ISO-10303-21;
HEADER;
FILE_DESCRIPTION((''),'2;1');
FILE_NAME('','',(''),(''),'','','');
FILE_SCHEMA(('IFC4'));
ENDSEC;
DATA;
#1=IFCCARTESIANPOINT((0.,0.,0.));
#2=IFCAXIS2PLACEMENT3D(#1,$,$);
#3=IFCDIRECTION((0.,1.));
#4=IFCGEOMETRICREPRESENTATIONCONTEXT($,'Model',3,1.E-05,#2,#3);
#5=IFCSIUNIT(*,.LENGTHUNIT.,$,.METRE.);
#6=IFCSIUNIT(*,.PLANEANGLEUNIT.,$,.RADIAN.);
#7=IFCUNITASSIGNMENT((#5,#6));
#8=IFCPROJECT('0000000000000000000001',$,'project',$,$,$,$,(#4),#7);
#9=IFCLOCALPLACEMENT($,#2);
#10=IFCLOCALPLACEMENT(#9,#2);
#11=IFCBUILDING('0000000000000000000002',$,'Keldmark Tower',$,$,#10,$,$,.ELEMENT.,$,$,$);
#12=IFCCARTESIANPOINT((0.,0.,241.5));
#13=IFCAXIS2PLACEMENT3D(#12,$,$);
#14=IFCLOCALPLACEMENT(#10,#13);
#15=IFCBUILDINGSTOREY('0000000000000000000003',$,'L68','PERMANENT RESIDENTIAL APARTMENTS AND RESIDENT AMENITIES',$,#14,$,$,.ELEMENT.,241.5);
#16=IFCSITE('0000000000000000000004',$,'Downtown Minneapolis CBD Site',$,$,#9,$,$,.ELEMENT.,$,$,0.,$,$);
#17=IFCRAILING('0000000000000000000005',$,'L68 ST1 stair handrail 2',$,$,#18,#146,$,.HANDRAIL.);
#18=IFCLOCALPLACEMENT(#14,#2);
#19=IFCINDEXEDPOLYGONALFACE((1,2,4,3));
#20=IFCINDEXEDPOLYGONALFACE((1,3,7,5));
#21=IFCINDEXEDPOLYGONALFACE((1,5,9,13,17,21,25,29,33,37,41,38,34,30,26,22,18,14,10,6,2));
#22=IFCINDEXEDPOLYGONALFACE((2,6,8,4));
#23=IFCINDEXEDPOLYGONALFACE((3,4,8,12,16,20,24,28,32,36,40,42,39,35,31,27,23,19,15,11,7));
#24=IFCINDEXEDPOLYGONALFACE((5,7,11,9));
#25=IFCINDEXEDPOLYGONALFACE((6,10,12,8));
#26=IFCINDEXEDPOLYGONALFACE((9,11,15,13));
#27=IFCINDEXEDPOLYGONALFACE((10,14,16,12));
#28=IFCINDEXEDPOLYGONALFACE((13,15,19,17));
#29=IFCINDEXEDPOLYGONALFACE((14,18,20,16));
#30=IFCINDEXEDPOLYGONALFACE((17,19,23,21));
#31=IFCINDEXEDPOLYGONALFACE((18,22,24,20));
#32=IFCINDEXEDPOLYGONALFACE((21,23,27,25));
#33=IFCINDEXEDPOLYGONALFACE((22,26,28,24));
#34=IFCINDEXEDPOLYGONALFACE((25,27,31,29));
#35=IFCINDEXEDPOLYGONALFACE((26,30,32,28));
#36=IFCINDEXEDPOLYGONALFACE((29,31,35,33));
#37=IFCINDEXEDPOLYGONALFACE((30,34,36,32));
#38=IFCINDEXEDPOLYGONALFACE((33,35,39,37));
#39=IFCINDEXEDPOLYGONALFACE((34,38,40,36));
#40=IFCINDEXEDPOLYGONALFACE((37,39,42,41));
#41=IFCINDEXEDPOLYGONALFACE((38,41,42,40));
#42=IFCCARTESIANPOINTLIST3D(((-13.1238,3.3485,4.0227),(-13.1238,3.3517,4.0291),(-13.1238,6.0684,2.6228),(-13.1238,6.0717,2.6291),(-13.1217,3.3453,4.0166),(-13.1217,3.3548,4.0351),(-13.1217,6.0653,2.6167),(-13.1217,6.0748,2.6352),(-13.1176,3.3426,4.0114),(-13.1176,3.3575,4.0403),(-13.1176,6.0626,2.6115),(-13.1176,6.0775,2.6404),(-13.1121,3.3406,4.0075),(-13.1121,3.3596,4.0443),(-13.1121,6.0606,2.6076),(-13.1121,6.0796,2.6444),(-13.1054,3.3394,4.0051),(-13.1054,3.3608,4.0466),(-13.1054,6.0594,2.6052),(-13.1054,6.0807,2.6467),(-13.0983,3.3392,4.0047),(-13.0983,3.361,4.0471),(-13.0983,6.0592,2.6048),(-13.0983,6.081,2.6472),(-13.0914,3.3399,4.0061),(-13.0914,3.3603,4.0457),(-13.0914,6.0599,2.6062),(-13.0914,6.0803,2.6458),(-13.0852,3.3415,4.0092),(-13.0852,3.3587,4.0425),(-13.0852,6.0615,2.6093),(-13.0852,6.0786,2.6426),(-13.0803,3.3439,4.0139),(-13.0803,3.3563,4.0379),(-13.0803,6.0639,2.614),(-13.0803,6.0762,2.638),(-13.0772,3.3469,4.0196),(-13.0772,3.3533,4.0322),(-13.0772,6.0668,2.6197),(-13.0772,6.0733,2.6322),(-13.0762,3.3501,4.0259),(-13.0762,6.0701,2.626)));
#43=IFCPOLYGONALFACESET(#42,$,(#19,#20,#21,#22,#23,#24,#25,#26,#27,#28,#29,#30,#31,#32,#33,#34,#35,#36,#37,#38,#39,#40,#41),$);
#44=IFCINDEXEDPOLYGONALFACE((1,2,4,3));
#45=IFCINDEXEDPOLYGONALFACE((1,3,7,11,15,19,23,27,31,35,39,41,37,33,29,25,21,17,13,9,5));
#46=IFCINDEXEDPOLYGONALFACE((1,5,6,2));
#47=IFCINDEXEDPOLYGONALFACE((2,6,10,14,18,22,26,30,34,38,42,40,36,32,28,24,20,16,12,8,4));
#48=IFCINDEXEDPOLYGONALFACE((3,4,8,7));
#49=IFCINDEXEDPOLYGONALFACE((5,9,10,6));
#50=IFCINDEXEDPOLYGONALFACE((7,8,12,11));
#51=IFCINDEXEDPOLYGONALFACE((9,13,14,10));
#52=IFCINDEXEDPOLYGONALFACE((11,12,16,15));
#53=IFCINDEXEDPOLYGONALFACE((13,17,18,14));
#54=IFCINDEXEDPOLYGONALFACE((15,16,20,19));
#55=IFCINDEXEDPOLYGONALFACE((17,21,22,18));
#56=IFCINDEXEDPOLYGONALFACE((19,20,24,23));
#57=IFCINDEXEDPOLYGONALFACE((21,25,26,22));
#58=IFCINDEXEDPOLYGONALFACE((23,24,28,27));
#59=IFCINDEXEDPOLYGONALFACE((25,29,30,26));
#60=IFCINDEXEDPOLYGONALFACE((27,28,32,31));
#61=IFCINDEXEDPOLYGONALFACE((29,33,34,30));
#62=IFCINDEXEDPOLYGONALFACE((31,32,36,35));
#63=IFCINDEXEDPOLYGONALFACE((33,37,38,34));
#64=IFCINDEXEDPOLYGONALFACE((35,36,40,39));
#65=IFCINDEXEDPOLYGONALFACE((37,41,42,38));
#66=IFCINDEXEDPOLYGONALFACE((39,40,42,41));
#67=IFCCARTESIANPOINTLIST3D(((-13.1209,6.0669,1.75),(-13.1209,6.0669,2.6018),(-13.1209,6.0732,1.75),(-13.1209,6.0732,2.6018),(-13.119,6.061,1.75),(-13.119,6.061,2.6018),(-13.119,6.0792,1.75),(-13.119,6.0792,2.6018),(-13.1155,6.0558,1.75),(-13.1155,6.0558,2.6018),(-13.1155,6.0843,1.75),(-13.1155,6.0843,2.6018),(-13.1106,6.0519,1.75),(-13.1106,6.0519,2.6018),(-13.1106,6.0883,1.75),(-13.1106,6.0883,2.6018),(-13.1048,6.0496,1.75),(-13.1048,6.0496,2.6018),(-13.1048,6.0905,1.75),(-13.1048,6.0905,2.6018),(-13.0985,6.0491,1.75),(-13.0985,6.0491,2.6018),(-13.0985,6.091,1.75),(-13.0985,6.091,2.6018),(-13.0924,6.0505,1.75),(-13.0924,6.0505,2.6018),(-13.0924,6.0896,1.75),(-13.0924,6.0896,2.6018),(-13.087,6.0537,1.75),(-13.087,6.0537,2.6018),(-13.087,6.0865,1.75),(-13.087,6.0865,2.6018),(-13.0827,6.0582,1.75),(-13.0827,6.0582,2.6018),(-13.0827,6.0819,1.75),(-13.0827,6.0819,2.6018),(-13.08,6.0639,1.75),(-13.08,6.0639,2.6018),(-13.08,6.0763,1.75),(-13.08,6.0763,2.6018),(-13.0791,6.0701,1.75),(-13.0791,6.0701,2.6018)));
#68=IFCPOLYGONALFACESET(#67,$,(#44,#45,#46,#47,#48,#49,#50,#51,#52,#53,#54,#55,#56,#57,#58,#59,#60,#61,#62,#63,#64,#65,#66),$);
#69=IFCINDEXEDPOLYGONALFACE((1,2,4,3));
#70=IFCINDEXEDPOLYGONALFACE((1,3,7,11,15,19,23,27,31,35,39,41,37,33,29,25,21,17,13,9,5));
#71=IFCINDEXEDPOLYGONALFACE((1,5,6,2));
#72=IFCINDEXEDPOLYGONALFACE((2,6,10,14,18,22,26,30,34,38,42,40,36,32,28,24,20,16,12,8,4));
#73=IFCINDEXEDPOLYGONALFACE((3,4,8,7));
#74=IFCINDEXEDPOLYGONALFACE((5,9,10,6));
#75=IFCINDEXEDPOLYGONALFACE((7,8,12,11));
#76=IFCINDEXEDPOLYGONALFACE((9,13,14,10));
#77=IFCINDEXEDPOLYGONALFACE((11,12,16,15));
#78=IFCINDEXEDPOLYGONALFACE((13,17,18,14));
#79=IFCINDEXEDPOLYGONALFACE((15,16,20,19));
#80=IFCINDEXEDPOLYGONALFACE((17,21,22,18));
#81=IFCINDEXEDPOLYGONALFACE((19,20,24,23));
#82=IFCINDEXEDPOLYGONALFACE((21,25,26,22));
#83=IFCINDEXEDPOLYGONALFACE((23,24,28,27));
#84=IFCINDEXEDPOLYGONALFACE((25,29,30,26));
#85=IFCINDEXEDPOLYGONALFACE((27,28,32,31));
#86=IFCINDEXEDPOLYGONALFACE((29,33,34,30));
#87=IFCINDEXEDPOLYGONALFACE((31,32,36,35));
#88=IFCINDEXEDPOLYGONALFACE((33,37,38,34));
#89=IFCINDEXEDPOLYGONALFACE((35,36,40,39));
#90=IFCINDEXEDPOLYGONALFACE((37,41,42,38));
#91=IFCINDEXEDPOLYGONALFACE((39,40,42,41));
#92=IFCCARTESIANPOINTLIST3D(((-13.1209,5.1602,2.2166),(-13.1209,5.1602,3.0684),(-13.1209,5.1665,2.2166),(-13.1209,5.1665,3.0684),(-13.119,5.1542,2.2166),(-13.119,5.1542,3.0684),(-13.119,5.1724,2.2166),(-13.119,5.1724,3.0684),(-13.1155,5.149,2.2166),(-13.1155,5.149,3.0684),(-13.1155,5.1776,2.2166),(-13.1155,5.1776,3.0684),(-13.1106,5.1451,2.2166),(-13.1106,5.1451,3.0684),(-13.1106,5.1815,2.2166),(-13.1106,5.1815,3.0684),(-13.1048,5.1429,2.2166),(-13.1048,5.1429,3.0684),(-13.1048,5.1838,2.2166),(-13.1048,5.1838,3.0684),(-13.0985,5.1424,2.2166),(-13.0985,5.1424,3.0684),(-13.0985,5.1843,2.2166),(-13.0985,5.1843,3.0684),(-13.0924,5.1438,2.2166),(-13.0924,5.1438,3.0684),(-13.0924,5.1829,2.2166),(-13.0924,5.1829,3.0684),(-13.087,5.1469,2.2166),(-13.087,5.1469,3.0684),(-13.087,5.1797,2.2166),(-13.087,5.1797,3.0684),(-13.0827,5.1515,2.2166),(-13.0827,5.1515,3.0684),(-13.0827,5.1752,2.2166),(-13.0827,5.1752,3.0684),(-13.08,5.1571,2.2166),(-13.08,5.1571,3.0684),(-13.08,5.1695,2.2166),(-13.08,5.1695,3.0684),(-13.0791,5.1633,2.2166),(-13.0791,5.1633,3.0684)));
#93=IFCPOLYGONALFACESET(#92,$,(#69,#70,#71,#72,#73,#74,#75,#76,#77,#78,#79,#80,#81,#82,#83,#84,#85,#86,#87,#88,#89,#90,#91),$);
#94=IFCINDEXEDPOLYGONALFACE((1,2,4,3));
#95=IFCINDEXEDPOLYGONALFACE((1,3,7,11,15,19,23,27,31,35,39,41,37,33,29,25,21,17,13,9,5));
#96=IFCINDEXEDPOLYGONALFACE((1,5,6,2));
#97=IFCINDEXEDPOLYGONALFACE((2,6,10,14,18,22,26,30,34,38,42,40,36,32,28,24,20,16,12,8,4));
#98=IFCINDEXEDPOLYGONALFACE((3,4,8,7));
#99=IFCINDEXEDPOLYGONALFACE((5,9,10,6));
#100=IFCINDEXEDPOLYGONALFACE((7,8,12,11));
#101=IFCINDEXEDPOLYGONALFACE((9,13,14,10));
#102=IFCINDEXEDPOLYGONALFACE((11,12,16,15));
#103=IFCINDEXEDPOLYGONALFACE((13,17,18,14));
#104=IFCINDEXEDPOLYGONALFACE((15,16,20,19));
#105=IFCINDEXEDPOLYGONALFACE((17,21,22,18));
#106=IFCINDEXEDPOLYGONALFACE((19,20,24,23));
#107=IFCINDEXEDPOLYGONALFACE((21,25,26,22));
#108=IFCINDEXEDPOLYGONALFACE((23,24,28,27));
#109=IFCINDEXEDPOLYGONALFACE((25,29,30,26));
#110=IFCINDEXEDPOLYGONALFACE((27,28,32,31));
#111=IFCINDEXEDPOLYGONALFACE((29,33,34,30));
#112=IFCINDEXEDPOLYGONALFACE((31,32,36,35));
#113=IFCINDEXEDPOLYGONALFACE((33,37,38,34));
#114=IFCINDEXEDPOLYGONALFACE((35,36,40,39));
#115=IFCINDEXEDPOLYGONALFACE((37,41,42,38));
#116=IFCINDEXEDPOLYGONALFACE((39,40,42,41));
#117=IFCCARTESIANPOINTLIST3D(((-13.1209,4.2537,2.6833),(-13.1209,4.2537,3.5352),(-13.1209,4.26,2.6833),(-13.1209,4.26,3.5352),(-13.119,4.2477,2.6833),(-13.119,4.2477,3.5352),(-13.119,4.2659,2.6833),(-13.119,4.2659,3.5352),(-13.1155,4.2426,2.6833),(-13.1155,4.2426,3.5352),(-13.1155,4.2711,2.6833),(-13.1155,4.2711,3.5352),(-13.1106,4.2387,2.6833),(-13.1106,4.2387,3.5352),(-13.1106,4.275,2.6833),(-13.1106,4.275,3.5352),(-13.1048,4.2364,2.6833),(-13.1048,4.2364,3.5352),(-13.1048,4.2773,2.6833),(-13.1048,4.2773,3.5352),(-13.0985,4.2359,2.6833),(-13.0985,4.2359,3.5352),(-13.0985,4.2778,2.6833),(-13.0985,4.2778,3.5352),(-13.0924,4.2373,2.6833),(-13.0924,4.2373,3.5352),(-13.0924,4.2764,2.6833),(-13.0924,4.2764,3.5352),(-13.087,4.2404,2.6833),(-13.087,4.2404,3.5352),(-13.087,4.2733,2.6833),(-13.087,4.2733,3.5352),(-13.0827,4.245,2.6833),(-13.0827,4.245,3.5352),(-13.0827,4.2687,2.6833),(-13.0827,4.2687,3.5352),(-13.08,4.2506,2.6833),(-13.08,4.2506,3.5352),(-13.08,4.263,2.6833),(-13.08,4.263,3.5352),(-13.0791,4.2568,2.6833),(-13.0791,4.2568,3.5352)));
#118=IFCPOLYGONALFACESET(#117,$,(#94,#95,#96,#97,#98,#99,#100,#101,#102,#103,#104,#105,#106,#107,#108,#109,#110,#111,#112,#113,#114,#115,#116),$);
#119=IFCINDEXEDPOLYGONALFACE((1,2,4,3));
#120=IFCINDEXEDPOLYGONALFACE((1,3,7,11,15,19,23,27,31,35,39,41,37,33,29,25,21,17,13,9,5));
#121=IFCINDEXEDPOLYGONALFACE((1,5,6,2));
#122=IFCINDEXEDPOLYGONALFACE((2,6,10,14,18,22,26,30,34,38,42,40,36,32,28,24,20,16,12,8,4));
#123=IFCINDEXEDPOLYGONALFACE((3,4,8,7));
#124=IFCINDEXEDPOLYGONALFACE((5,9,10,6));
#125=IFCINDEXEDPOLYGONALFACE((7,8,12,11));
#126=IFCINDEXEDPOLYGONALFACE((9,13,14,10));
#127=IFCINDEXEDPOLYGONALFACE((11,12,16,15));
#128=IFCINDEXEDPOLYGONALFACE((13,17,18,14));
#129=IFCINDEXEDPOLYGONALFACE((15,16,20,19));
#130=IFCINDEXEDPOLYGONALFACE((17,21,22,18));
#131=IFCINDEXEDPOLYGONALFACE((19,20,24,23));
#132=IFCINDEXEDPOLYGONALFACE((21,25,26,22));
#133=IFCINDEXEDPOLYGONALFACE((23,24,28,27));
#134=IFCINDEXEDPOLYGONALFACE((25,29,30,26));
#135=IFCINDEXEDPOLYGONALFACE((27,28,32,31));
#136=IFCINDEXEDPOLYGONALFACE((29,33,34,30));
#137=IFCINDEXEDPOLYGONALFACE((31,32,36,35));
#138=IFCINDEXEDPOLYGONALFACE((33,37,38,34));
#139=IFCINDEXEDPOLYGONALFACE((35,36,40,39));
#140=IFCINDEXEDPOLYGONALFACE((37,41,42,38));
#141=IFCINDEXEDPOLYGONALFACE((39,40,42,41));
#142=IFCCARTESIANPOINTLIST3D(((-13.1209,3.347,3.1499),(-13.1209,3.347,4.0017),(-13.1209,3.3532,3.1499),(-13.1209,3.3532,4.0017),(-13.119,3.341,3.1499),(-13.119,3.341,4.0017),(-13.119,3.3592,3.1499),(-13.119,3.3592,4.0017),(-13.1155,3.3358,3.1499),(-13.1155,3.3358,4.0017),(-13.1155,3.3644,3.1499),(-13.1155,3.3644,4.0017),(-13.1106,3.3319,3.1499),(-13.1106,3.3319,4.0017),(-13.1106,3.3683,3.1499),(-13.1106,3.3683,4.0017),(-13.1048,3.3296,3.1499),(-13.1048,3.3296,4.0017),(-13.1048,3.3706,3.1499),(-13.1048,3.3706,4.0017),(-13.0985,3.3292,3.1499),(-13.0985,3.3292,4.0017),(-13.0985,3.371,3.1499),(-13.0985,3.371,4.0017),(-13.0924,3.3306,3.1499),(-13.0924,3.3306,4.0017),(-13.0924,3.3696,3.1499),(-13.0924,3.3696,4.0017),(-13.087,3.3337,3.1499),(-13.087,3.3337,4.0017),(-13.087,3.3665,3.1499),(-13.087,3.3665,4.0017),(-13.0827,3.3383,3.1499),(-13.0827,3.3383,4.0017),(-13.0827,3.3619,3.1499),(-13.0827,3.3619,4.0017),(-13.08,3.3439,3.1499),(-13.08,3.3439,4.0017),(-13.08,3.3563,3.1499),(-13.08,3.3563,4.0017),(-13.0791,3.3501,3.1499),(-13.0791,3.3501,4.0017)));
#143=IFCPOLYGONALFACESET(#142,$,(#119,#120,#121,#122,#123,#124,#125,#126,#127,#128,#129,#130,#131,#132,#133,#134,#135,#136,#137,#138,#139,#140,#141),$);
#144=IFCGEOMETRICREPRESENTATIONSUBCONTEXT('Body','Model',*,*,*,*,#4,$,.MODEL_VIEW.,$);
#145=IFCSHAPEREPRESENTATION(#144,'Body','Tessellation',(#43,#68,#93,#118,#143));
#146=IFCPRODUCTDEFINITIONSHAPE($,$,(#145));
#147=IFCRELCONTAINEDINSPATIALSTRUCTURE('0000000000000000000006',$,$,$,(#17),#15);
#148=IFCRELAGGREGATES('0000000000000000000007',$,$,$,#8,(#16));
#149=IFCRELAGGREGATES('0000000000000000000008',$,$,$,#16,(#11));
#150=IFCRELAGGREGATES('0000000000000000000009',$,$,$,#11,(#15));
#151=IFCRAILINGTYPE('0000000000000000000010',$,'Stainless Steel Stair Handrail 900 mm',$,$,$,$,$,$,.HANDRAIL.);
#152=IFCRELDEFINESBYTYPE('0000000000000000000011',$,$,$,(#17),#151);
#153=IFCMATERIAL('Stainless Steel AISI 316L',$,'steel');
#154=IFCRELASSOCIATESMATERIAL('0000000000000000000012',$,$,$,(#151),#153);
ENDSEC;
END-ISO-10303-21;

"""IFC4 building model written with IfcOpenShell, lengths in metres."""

from ifc_helpers import new_model, si_unit, direction, frame, origin, origin_2d, place, context, subcontext, project, spatial, circle, extrude, material, type_object, element, save


model = new_model("IFC4")

# Units and contexts
model_context = context("Model", 3, precision=1e-05, world=origin(), true_north=direction((0.0, 1.0)))
body_context = subcontext(model_context, "Body", "Model", "MODEL_VIEW")
ifc_project = project(units=[si_unit("LENGTHUNIT", "METRE"), si_unit("PLANEANGLEUNIT", "RADIAN")], contexts=[model_context])

# Site, building, storey
site_placement = place(None, origin())
site = spatial("IfcSite", under=ifc_project, at=site_placement, Name="Downtown Minneapolis CBD Site", CompositionType="ELEMENT", RefElevation=0.0)
building_placement = place(site_placement, origin())
building = spatial("IfcBuilding", under=site, at=building_placement, Name="Keldmark Tower", CompositionType="ELEMENT")
storey_placement = place(building_placement, frame((0.0, 0.0, 241.5)))
storey = spatial("IfcBuildingStorey", under=building, at=storey_placement, Name="L68", Description="PERMANENT RESIDENTIAL APARTMENTS AND RESIDENT AMENITIES", CompositionType="ELEMENT", Elevation=241.5)

# Railing
ifc_material_1 = material(Name="Stainless Steel AISI 316L", Category="steel")
railing_type_1 = type_object("IfcRailingType", Name="Stainless Steel Stair Handrail 900 mm", PredefinedType="HANDRAIL", material=ifc_material_1)
railing_1_placement = place(storey_placement, frame((-13.1001, 6.0701, 1.75)))
element("IfcRailing", 1, at=railing_1_placement, inside=storey, type_object=railing_type_1, Name="L68 ST1 stair handrail 2", PredefinedType="HANDRAIL", context=body_context, shape_type="SweptSolid", body=[
    extrude(circle(Radius=0.0239, at=origin_2d()), frame((0.0, 0.0, 0.876), z_axis=(0.0, -0.889147, 0.457622), x_axis=(1.0, 0.0, 0.0)), (0.0, 0.0, 1.0), 3.0591),
    extrude(circle(Radius=0.021, at=origin_2d()), origin(), (0.0, 0.0, 1.0), 0.8518),
    extrude(circle(Radius=0.021, at=origin_2d()), frame((0.0, -0.9067, 0.4666)), (0.0, 0.0, 1.0), 0.8518),
    extrude(circle(Radius=0.021, at=origin_2d()), frame((0.0, -1.8132, 0.9333)), (0.0, 0.0, 1.0), 0.8518),
    extrude(circle(Radius=0.021, at=origin_2d()), frame((0.0, -2.72, 1.3999)), (0.0, 0.0, 1.0), 0.8518),
])

save(model, "model.ifc")
